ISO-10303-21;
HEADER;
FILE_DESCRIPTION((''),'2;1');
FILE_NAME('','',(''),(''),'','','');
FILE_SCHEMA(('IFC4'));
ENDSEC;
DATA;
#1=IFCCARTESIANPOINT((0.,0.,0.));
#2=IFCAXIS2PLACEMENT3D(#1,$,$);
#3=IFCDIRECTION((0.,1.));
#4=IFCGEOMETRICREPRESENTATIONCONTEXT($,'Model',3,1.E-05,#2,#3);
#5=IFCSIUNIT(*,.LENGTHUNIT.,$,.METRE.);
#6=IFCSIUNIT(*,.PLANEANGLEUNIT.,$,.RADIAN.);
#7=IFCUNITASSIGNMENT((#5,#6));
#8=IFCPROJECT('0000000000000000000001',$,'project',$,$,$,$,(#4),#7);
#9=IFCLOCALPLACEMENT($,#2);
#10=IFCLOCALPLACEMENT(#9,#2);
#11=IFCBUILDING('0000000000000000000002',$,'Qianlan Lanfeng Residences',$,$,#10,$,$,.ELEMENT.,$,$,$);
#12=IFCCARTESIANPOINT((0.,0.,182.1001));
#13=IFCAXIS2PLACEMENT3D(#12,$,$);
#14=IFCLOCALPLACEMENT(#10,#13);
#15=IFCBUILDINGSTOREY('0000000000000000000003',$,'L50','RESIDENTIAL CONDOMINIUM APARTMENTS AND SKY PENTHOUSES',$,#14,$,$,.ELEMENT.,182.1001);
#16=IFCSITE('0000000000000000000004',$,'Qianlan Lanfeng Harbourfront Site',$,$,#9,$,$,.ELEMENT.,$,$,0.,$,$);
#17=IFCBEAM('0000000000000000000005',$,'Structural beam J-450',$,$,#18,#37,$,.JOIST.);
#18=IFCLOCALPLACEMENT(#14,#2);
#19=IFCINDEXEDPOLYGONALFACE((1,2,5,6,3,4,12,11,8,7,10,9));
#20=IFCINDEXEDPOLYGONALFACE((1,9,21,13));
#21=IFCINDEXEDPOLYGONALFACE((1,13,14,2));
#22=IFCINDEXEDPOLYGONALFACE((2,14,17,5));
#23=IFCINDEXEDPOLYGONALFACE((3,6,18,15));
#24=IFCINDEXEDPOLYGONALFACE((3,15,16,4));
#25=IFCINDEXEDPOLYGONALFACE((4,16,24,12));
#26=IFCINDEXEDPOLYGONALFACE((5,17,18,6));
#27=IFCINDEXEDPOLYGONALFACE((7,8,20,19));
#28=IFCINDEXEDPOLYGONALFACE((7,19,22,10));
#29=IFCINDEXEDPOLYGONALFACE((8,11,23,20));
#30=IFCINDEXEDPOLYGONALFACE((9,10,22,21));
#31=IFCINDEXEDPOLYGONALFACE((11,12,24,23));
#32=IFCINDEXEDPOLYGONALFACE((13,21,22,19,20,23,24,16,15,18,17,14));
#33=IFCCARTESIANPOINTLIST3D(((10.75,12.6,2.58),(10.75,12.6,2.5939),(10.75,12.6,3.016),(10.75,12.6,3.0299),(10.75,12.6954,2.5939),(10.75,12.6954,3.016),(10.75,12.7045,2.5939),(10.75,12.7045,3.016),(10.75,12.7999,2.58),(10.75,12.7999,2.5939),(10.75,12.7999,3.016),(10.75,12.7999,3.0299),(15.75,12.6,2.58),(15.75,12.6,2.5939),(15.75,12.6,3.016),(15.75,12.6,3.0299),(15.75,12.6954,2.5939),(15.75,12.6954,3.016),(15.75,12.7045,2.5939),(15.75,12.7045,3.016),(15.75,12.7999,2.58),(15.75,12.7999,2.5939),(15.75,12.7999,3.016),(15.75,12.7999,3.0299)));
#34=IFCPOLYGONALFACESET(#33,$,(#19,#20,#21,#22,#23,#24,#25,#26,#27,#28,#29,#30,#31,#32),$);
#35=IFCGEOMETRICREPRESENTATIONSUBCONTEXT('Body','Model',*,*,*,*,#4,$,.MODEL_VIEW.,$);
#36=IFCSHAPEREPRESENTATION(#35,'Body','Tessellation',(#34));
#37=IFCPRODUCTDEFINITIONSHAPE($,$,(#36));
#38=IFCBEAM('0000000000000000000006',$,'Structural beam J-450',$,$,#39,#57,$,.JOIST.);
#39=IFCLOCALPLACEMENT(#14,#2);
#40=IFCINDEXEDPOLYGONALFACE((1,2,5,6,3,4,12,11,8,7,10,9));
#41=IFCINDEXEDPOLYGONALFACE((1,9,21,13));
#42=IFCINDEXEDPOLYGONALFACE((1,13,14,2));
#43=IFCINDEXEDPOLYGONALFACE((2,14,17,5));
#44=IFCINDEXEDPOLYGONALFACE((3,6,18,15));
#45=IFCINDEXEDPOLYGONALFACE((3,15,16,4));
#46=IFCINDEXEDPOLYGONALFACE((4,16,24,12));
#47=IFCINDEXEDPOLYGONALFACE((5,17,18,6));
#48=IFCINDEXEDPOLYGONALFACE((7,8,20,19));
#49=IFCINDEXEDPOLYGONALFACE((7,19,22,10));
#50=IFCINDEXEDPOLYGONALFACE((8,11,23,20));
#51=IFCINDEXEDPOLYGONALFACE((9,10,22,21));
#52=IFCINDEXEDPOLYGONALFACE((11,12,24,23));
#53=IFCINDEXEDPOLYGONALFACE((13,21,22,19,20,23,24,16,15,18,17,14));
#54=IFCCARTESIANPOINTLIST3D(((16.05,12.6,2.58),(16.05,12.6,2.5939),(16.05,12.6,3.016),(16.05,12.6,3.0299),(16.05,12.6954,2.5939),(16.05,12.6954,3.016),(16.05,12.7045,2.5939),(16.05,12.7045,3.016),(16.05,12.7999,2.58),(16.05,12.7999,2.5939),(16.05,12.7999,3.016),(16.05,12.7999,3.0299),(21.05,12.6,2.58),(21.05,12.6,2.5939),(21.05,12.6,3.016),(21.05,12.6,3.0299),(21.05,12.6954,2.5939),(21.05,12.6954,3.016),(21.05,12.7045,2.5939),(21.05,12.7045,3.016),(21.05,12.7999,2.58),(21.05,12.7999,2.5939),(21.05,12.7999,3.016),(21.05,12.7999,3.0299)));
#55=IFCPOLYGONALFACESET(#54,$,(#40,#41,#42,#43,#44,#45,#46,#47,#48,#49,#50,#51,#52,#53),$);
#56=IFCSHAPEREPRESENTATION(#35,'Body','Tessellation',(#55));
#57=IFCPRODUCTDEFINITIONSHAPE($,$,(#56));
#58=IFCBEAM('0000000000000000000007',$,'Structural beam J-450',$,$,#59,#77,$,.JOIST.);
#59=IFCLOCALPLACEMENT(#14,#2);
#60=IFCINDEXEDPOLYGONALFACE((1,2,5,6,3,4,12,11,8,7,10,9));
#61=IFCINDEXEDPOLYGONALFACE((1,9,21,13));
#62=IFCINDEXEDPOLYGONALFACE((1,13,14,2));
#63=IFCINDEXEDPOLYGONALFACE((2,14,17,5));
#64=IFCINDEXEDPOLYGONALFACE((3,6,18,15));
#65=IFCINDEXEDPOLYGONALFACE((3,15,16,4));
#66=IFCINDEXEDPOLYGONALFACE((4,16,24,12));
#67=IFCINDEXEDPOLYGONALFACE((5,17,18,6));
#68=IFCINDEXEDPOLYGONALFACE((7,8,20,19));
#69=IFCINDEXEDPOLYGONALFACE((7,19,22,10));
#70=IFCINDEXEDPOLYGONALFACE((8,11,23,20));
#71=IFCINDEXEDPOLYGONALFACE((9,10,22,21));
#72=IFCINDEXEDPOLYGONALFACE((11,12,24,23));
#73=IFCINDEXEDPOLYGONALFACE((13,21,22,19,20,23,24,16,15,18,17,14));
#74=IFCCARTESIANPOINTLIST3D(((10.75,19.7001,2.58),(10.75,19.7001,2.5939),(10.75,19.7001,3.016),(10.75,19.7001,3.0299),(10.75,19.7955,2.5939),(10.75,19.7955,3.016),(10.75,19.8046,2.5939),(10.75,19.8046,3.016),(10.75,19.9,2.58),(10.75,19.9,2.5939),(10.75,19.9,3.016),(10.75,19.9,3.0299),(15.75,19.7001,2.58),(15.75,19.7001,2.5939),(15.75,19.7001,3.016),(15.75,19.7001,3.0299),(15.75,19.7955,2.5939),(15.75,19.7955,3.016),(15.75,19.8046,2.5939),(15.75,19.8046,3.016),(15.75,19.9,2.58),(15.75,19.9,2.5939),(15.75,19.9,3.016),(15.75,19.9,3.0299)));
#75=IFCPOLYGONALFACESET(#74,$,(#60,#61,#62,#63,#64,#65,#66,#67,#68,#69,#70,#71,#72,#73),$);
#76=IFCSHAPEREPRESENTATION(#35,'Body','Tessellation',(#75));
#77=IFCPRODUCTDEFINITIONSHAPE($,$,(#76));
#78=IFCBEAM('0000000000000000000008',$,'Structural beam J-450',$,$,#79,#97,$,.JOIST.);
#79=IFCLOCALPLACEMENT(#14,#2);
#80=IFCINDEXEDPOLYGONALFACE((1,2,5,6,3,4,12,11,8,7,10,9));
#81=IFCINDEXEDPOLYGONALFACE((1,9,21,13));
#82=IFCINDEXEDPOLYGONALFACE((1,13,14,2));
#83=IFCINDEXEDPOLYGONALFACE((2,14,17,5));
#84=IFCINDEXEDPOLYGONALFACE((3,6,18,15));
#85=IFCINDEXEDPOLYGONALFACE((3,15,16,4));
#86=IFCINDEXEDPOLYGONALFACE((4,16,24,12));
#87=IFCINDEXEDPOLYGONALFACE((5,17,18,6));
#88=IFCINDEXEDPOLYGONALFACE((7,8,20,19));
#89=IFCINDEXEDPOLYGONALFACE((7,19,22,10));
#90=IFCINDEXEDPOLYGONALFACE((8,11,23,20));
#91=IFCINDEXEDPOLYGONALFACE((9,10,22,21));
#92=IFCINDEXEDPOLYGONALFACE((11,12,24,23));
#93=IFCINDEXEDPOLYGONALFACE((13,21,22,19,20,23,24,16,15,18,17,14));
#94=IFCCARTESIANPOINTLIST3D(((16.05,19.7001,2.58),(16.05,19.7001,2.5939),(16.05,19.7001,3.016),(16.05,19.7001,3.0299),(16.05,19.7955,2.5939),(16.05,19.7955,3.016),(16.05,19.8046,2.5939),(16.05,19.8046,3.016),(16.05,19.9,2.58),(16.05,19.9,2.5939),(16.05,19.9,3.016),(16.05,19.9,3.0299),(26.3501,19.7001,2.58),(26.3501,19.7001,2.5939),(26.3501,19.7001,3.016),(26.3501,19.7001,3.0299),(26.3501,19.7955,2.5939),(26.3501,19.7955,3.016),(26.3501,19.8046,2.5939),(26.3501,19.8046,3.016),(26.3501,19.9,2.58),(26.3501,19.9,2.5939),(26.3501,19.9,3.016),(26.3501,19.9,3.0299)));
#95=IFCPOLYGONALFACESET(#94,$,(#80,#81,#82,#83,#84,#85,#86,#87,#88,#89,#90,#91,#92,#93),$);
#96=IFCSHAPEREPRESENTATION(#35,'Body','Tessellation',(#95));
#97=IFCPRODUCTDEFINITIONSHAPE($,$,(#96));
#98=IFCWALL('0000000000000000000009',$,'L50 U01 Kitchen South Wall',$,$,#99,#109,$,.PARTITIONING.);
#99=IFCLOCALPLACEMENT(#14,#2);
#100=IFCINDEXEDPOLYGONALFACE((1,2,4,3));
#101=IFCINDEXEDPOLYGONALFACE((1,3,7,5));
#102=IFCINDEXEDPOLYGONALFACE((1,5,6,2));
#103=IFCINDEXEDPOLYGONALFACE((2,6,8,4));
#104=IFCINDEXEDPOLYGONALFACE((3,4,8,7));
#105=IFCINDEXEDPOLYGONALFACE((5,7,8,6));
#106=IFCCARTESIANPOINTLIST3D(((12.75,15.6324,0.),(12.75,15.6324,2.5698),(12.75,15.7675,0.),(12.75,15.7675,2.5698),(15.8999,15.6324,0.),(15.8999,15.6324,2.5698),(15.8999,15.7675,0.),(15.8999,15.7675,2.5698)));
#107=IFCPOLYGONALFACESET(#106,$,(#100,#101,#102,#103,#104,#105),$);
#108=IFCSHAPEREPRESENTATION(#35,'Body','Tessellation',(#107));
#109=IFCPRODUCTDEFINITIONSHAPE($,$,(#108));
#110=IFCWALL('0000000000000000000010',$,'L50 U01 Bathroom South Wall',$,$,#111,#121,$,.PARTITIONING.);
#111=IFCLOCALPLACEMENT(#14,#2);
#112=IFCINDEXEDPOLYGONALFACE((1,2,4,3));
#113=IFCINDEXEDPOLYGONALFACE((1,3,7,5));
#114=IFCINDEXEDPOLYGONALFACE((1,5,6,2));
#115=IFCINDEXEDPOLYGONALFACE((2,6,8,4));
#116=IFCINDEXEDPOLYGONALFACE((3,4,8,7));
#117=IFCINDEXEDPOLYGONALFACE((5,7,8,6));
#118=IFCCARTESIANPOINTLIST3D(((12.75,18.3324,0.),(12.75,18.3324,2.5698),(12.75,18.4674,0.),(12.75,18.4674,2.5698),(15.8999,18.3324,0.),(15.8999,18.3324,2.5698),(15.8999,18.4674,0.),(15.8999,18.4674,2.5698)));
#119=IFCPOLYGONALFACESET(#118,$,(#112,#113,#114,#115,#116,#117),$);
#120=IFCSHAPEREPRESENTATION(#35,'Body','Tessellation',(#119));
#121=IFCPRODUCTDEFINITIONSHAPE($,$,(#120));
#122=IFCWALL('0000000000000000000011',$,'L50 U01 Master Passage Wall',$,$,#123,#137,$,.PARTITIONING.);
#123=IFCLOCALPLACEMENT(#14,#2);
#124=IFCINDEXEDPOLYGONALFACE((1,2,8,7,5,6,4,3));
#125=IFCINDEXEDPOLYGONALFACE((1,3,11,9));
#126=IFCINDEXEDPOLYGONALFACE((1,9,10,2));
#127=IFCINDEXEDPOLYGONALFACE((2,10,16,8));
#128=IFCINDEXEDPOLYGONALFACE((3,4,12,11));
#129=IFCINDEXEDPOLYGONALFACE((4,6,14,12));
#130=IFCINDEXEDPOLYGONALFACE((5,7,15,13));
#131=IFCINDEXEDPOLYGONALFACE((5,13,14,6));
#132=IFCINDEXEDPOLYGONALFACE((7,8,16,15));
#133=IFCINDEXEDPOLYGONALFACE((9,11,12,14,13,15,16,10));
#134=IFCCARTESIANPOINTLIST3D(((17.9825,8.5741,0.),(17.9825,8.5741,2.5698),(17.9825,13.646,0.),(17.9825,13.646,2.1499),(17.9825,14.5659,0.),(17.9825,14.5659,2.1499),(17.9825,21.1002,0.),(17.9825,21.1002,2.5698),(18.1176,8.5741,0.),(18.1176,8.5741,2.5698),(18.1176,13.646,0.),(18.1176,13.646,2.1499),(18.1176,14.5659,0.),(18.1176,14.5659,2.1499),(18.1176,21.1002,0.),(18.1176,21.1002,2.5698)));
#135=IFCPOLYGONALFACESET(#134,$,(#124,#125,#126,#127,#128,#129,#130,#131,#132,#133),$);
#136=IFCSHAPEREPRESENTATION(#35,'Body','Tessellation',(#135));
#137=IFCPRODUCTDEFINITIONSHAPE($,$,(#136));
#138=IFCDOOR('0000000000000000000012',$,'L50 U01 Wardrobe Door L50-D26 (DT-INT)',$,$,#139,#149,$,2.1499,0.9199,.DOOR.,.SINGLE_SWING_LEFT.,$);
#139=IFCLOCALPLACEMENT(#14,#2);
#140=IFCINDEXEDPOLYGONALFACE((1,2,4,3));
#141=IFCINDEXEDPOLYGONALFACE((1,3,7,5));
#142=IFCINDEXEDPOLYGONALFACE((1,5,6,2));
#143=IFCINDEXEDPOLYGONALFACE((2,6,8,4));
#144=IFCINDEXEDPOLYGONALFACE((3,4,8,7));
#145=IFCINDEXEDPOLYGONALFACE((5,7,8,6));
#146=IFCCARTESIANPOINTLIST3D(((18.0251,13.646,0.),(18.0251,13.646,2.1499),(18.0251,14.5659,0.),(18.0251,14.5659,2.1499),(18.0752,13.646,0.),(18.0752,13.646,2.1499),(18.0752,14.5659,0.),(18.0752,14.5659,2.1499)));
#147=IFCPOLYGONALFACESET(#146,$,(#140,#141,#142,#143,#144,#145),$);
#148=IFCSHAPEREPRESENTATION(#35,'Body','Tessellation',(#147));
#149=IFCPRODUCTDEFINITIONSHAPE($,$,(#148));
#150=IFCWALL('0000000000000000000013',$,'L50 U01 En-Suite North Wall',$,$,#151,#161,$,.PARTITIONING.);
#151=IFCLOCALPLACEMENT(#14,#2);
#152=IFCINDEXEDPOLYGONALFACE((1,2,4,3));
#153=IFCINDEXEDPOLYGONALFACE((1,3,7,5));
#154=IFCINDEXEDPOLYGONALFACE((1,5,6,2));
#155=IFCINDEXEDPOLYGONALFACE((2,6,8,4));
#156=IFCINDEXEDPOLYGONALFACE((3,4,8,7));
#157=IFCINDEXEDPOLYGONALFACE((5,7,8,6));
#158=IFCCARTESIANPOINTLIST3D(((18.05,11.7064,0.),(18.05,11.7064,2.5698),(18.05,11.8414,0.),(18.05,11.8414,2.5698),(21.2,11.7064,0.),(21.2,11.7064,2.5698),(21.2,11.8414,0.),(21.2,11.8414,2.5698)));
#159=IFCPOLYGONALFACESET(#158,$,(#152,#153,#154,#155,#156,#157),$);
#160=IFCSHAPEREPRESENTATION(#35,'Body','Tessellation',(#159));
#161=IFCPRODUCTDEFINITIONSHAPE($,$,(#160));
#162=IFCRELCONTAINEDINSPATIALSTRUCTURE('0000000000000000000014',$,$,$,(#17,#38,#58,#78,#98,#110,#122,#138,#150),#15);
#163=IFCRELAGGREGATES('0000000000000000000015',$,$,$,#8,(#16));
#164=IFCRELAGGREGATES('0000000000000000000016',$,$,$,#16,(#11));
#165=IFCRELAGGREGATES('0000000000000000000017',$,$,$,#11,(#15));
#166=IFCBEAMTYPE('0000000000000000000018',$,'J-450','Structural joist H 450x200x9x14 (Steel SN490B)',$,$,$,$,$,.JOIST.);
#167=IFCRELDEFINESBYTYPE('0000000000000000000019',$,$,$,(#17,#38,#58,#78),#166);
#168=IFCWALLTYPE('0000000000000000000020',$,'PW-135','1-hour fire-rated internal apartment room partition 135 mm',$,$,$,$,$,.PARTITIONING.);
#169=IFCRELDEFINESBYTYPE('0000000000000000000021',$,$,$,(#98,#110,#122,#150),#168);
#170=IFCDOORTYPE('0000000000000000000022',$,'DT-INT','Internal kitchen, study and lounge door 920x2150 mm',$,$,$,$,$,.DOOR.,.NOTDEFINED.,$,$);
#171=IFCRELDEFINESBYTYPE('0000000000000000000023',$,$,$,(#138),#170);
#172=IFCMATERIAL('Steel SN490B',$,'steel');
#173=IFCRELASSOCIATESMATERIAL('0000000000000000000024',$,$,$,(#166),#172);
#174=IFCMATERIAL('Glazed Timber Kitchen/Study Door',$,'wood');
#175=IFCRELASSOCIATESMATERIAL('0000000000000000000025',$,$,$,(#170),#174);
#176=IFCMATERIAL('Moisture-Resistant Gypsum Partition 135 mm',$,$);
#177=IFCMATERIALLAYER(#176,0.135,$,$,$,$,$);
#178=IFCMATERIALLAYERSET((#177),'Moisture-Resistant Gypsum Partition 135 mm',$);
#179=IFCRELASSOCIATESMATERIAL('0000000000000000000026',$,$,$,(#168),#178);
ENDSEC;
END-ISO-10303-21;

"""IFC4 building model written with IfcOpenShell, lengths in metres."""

from ifc_helpers import new_model, si_unit, direction, frame, frame_2d, origin, origin_2d, place, context, subcontext, project, spatial, rectangle, i_section, extrude, material, layer, layer_set, material_profile, profile_set, type_object, element, fill, save


model = new_model("IFC4")

# Units and contexts
model_context = context("Model", 3, precision=1e-05, world=origin(), true_north=direction((0.0, 1.0)))
body_context = subcontext(model_context, "Body", "Model", "MODEL_VIEW")
ifc_project = project(units=[si_unit("LENGTHUNIT", "METRE"), si_unit("PLANEANGLEUNIT", "RADIAN")], contexts=[model_context])

# Site, building, storey
site_placement = place(None, origin())
site = spatial("IfcSite", under=ifc_project, at=site_placement, Name="Qianlan Lanfeng Harbourfront Site", CompositionType="ELEMENT", RefElevation=0.0)
building_placement = place(site_placement, origin())
building = spatial("IfcBuilding", under=site, at=building_placement, Name="Qianlan Lanfeng Residences", CompositionType="ELEMENT")
storey_placement = place(building_placement, frame((0.0, 0.0, 182.1001)))
storey = spatial("IfcBuildingStorey", under=building, at=storey_placement, Name="L50", Description="RESIDENTIAL CONDOMINIUM APARTMENTS AND SKY PENTHOUSES", CompositionType="ELEMENT", Elevation=182.1001)

# Shared definitions
ifc_material_1 = material(Name="Steel SN490B", Category="steel")

# Beams
ifc_material_profile_1 = material_profile(ifc_material_1, i_section(OverallWidth=0.2, OverallDepth=0.45, WebThickness=0.009, FlangeThickness=0.0139, at=origin_2d()), Name="H 450x200x9x14")
ifc_profile_set_1 = profile_set([ifc_material_profile_1], Name="Steel SN490B")
beam_type_1 = type_object("IfcBeamType", Name="J-450", Description="Structural joist H 450x200x9x14 (Steel SN490B)", PredefinedType="JOIST", material=ifc_profile_set_1)
for number, where, z_axis, x_axis, name in (
    (1, (10.75, 12.7, 2.8049), (1.0, 0.0, 0.0), (0.0, 1.0, 0.0), "Structural beam J-450"),
    (2, (16.05, 12.7, 2.8049), (1.0, 0.0, 0.0), (0.0, 1.0, 0.0), "Structural beam J-450"),
    (3, (10.75, 19.8, 2.8049), (1.0, 0.0, 0.0), (0.0, 1.0, 0.0), "Structural beam J-450"),
):
    element("IfcBeam", number, at=place(storey_placement, frame(where, z_axis=z_axis, x_axis=x_axis)), inside=storey, type_object=beam_type_1, Name=name, PredefinedType="JOIST", context=body_context, shape_type="SweptSolid", body=[
        extrude(i_section(OverallWidth=0.2, OverallDepth=0.45, WebThickness=0.009, FlangeThickness=0.0139, at=origin_2d()), origin(), (0.0, 0.0, 1.0), 5.0),
    ])
beam_1_placement = place(storey_placement, frame((16.05, 19.8, 2.8049), z_axis=(1.0, 0.0, 0.0), x_axis=(0.0, 1.0, 0.0)))
element("IfcBeam", 4, at=beam_1_placement, inside=storey, type_object=beam_type_1, Name="Structural beam J-450", PredefinedType="JOIST", context=body_context, shape_type="SweptSolid", body=[
    extrude(i_section(OverallWidth=0.2, OverallDepth=0.45, WebThickness=0.009, FlangeThickness=0.0139, at=origin_2d()), origin(), (0.0, 0.0, 1.0), 10.3),
])

# Shared definitions
ifc_material_2 = material(Name="Glazed Timber Kitchen/Study Door", Category="wood")
door_type_1 = type_object("IfcDoorType", Name="DT-INT", Description="Internal kitchen, study and lounge door 920x2150 mm", OperationType="NOTDEFINED", PredefinedType="DOOR", material=ifc_material_2)

# Shared definitions
ifc_material_3 = material(Name="Moisture-Resistant Gypsum Partition 135 mm")
ifc_layer_1 = layer(ifc_material_3, 0.135)
ifc_layer_set_1 = layer_set([ifc_layer_1], Name="Moisture-Resistant Gypsum Partition 135 mm")
wall_type_1 = type_object("IfcWallType", Name="PW-135", Description="1-hour fire-rated internal apartment room partition 135 mm", PredefinedType="PARTITIONING", material=ifc_layer_set_1)

# Walls
for number, where, z_axis, x_axis, name in (
    (5, (12.75, 15.7, 0.0), (0.0, 0.0, 1.0), (1.0, 0.0, 0.0), "L50 U01 Kitchen South Wall"),
    (6, (12.75, 18.3999, 0.0), (0.0, 0.0, 1.0), (1.0, 0.0, 0.0), "L50 U01 Bathroom South Wall"),
):
    element("IfcWall", number, at=place(storey_placement, frame(where, z_axis=z_axis, x_axis=x_axis)), inside=storey, type_object=wall_type_1, Name=name, PredefinedType="PARTITIONING", context=body_context, shape_type="SweptSolid", body=[
        extrude(rectangle(XDim=3.1499, YDim=0.135, at=frame_2d((1.575, 0.0))), origin(), (0.0, 0.0, 1.0), 2.5698),
    ])

# Wall, opening, door
wall_1_placement = place(storey_placement, frame((18.05, 8.574, 0.0), z_axis=(0.0, 0.0, 1.0), x_axis=(0.0, 1.0, 0.0)))
wall_1 = element("IfcWall", 7, at=wall_1_placement, inside=storey, type_object=wall_type_1, Name="L50 U01 Master Passage Wall", PredefinedType="PARTITIONING", context=body_context, shape_type="SweptSolid", body=[
    extrude(rectangle(XDim=12.5261, YDim=0.135, at=frame_2d((6.2632, 0.0))), origin(), (0.0, 0.0, 1.0), 2.5698),
])
opening_1_placement = place(wall_1_placement, frame((5.072, 0.0, 0.0)))
opening_1 = element("IfcOpeningElement", 8, at=opening_1_placement, cuts=wall_1, PredefinedType="OPENING", context=body_context, shape_type="SweptSolid", body=[
    extrude(rectangle(XDim=0.9199, YDim=2.1499, at=frame_2d((0.46, 1.075))), frame((0.0, 0.0776, 0.0), z_axis=(0.0, -1.0, 0.0), x_axis=(1.0, 0.0, 0.0)), (0.0, 0.0, 1.0), 0.155),
])
door_1_placement = place(opening_1_placement, origin())
door_1 = element("IfcDoor", 9, at=door_1_placement, inside=storey, type_object=door_type_1, Name="L50 U01 Wardrobe Door L50-D26 (DT-INT)", OperationType="SINGLE_SWING_LEFT", OverallHeight=2.1499, OverallWidth=0.9199, PredefinedType="DOOR", context=body_context, shape_type="SweptSolid", body=[
    extrude(rectangle(XDim=0.9199, YDim=2.1499, at=frame_2d((0.46, 1.075))), frame((0.0, 0.0249, 0.0), z_axis=(0.0, -1.0, 0.0), x_axis=(1.0, 0.0, 0.0)), (0.0, 0.0, 1.0), 0.05),
])
fill(opening_1, door_1)

# Wall
wall_2_placement = place(storey_placement, frame((18.05, 11.7739, 0.0), z_axis=(0.0, 0.0, 1.0), x_axis=(1.0, 0.0, 0.0)))
element("IfcWall", 10, at=wall_2_placement, inside=storey, type_object=wall_type_1, Name="L50 U01 En-Suite North Wall", PredefinedType="PARTITIONING", context=body_context, shape_type="SweptSolid", body=[
    extrude(rectangle(XDim=3.1499, YDim=0.135, at=frame_2d((1.575, 0.0))), origin(), (0.0, 0.0, 1.0), 2.5698),
])

save(model, "model.ifc")
